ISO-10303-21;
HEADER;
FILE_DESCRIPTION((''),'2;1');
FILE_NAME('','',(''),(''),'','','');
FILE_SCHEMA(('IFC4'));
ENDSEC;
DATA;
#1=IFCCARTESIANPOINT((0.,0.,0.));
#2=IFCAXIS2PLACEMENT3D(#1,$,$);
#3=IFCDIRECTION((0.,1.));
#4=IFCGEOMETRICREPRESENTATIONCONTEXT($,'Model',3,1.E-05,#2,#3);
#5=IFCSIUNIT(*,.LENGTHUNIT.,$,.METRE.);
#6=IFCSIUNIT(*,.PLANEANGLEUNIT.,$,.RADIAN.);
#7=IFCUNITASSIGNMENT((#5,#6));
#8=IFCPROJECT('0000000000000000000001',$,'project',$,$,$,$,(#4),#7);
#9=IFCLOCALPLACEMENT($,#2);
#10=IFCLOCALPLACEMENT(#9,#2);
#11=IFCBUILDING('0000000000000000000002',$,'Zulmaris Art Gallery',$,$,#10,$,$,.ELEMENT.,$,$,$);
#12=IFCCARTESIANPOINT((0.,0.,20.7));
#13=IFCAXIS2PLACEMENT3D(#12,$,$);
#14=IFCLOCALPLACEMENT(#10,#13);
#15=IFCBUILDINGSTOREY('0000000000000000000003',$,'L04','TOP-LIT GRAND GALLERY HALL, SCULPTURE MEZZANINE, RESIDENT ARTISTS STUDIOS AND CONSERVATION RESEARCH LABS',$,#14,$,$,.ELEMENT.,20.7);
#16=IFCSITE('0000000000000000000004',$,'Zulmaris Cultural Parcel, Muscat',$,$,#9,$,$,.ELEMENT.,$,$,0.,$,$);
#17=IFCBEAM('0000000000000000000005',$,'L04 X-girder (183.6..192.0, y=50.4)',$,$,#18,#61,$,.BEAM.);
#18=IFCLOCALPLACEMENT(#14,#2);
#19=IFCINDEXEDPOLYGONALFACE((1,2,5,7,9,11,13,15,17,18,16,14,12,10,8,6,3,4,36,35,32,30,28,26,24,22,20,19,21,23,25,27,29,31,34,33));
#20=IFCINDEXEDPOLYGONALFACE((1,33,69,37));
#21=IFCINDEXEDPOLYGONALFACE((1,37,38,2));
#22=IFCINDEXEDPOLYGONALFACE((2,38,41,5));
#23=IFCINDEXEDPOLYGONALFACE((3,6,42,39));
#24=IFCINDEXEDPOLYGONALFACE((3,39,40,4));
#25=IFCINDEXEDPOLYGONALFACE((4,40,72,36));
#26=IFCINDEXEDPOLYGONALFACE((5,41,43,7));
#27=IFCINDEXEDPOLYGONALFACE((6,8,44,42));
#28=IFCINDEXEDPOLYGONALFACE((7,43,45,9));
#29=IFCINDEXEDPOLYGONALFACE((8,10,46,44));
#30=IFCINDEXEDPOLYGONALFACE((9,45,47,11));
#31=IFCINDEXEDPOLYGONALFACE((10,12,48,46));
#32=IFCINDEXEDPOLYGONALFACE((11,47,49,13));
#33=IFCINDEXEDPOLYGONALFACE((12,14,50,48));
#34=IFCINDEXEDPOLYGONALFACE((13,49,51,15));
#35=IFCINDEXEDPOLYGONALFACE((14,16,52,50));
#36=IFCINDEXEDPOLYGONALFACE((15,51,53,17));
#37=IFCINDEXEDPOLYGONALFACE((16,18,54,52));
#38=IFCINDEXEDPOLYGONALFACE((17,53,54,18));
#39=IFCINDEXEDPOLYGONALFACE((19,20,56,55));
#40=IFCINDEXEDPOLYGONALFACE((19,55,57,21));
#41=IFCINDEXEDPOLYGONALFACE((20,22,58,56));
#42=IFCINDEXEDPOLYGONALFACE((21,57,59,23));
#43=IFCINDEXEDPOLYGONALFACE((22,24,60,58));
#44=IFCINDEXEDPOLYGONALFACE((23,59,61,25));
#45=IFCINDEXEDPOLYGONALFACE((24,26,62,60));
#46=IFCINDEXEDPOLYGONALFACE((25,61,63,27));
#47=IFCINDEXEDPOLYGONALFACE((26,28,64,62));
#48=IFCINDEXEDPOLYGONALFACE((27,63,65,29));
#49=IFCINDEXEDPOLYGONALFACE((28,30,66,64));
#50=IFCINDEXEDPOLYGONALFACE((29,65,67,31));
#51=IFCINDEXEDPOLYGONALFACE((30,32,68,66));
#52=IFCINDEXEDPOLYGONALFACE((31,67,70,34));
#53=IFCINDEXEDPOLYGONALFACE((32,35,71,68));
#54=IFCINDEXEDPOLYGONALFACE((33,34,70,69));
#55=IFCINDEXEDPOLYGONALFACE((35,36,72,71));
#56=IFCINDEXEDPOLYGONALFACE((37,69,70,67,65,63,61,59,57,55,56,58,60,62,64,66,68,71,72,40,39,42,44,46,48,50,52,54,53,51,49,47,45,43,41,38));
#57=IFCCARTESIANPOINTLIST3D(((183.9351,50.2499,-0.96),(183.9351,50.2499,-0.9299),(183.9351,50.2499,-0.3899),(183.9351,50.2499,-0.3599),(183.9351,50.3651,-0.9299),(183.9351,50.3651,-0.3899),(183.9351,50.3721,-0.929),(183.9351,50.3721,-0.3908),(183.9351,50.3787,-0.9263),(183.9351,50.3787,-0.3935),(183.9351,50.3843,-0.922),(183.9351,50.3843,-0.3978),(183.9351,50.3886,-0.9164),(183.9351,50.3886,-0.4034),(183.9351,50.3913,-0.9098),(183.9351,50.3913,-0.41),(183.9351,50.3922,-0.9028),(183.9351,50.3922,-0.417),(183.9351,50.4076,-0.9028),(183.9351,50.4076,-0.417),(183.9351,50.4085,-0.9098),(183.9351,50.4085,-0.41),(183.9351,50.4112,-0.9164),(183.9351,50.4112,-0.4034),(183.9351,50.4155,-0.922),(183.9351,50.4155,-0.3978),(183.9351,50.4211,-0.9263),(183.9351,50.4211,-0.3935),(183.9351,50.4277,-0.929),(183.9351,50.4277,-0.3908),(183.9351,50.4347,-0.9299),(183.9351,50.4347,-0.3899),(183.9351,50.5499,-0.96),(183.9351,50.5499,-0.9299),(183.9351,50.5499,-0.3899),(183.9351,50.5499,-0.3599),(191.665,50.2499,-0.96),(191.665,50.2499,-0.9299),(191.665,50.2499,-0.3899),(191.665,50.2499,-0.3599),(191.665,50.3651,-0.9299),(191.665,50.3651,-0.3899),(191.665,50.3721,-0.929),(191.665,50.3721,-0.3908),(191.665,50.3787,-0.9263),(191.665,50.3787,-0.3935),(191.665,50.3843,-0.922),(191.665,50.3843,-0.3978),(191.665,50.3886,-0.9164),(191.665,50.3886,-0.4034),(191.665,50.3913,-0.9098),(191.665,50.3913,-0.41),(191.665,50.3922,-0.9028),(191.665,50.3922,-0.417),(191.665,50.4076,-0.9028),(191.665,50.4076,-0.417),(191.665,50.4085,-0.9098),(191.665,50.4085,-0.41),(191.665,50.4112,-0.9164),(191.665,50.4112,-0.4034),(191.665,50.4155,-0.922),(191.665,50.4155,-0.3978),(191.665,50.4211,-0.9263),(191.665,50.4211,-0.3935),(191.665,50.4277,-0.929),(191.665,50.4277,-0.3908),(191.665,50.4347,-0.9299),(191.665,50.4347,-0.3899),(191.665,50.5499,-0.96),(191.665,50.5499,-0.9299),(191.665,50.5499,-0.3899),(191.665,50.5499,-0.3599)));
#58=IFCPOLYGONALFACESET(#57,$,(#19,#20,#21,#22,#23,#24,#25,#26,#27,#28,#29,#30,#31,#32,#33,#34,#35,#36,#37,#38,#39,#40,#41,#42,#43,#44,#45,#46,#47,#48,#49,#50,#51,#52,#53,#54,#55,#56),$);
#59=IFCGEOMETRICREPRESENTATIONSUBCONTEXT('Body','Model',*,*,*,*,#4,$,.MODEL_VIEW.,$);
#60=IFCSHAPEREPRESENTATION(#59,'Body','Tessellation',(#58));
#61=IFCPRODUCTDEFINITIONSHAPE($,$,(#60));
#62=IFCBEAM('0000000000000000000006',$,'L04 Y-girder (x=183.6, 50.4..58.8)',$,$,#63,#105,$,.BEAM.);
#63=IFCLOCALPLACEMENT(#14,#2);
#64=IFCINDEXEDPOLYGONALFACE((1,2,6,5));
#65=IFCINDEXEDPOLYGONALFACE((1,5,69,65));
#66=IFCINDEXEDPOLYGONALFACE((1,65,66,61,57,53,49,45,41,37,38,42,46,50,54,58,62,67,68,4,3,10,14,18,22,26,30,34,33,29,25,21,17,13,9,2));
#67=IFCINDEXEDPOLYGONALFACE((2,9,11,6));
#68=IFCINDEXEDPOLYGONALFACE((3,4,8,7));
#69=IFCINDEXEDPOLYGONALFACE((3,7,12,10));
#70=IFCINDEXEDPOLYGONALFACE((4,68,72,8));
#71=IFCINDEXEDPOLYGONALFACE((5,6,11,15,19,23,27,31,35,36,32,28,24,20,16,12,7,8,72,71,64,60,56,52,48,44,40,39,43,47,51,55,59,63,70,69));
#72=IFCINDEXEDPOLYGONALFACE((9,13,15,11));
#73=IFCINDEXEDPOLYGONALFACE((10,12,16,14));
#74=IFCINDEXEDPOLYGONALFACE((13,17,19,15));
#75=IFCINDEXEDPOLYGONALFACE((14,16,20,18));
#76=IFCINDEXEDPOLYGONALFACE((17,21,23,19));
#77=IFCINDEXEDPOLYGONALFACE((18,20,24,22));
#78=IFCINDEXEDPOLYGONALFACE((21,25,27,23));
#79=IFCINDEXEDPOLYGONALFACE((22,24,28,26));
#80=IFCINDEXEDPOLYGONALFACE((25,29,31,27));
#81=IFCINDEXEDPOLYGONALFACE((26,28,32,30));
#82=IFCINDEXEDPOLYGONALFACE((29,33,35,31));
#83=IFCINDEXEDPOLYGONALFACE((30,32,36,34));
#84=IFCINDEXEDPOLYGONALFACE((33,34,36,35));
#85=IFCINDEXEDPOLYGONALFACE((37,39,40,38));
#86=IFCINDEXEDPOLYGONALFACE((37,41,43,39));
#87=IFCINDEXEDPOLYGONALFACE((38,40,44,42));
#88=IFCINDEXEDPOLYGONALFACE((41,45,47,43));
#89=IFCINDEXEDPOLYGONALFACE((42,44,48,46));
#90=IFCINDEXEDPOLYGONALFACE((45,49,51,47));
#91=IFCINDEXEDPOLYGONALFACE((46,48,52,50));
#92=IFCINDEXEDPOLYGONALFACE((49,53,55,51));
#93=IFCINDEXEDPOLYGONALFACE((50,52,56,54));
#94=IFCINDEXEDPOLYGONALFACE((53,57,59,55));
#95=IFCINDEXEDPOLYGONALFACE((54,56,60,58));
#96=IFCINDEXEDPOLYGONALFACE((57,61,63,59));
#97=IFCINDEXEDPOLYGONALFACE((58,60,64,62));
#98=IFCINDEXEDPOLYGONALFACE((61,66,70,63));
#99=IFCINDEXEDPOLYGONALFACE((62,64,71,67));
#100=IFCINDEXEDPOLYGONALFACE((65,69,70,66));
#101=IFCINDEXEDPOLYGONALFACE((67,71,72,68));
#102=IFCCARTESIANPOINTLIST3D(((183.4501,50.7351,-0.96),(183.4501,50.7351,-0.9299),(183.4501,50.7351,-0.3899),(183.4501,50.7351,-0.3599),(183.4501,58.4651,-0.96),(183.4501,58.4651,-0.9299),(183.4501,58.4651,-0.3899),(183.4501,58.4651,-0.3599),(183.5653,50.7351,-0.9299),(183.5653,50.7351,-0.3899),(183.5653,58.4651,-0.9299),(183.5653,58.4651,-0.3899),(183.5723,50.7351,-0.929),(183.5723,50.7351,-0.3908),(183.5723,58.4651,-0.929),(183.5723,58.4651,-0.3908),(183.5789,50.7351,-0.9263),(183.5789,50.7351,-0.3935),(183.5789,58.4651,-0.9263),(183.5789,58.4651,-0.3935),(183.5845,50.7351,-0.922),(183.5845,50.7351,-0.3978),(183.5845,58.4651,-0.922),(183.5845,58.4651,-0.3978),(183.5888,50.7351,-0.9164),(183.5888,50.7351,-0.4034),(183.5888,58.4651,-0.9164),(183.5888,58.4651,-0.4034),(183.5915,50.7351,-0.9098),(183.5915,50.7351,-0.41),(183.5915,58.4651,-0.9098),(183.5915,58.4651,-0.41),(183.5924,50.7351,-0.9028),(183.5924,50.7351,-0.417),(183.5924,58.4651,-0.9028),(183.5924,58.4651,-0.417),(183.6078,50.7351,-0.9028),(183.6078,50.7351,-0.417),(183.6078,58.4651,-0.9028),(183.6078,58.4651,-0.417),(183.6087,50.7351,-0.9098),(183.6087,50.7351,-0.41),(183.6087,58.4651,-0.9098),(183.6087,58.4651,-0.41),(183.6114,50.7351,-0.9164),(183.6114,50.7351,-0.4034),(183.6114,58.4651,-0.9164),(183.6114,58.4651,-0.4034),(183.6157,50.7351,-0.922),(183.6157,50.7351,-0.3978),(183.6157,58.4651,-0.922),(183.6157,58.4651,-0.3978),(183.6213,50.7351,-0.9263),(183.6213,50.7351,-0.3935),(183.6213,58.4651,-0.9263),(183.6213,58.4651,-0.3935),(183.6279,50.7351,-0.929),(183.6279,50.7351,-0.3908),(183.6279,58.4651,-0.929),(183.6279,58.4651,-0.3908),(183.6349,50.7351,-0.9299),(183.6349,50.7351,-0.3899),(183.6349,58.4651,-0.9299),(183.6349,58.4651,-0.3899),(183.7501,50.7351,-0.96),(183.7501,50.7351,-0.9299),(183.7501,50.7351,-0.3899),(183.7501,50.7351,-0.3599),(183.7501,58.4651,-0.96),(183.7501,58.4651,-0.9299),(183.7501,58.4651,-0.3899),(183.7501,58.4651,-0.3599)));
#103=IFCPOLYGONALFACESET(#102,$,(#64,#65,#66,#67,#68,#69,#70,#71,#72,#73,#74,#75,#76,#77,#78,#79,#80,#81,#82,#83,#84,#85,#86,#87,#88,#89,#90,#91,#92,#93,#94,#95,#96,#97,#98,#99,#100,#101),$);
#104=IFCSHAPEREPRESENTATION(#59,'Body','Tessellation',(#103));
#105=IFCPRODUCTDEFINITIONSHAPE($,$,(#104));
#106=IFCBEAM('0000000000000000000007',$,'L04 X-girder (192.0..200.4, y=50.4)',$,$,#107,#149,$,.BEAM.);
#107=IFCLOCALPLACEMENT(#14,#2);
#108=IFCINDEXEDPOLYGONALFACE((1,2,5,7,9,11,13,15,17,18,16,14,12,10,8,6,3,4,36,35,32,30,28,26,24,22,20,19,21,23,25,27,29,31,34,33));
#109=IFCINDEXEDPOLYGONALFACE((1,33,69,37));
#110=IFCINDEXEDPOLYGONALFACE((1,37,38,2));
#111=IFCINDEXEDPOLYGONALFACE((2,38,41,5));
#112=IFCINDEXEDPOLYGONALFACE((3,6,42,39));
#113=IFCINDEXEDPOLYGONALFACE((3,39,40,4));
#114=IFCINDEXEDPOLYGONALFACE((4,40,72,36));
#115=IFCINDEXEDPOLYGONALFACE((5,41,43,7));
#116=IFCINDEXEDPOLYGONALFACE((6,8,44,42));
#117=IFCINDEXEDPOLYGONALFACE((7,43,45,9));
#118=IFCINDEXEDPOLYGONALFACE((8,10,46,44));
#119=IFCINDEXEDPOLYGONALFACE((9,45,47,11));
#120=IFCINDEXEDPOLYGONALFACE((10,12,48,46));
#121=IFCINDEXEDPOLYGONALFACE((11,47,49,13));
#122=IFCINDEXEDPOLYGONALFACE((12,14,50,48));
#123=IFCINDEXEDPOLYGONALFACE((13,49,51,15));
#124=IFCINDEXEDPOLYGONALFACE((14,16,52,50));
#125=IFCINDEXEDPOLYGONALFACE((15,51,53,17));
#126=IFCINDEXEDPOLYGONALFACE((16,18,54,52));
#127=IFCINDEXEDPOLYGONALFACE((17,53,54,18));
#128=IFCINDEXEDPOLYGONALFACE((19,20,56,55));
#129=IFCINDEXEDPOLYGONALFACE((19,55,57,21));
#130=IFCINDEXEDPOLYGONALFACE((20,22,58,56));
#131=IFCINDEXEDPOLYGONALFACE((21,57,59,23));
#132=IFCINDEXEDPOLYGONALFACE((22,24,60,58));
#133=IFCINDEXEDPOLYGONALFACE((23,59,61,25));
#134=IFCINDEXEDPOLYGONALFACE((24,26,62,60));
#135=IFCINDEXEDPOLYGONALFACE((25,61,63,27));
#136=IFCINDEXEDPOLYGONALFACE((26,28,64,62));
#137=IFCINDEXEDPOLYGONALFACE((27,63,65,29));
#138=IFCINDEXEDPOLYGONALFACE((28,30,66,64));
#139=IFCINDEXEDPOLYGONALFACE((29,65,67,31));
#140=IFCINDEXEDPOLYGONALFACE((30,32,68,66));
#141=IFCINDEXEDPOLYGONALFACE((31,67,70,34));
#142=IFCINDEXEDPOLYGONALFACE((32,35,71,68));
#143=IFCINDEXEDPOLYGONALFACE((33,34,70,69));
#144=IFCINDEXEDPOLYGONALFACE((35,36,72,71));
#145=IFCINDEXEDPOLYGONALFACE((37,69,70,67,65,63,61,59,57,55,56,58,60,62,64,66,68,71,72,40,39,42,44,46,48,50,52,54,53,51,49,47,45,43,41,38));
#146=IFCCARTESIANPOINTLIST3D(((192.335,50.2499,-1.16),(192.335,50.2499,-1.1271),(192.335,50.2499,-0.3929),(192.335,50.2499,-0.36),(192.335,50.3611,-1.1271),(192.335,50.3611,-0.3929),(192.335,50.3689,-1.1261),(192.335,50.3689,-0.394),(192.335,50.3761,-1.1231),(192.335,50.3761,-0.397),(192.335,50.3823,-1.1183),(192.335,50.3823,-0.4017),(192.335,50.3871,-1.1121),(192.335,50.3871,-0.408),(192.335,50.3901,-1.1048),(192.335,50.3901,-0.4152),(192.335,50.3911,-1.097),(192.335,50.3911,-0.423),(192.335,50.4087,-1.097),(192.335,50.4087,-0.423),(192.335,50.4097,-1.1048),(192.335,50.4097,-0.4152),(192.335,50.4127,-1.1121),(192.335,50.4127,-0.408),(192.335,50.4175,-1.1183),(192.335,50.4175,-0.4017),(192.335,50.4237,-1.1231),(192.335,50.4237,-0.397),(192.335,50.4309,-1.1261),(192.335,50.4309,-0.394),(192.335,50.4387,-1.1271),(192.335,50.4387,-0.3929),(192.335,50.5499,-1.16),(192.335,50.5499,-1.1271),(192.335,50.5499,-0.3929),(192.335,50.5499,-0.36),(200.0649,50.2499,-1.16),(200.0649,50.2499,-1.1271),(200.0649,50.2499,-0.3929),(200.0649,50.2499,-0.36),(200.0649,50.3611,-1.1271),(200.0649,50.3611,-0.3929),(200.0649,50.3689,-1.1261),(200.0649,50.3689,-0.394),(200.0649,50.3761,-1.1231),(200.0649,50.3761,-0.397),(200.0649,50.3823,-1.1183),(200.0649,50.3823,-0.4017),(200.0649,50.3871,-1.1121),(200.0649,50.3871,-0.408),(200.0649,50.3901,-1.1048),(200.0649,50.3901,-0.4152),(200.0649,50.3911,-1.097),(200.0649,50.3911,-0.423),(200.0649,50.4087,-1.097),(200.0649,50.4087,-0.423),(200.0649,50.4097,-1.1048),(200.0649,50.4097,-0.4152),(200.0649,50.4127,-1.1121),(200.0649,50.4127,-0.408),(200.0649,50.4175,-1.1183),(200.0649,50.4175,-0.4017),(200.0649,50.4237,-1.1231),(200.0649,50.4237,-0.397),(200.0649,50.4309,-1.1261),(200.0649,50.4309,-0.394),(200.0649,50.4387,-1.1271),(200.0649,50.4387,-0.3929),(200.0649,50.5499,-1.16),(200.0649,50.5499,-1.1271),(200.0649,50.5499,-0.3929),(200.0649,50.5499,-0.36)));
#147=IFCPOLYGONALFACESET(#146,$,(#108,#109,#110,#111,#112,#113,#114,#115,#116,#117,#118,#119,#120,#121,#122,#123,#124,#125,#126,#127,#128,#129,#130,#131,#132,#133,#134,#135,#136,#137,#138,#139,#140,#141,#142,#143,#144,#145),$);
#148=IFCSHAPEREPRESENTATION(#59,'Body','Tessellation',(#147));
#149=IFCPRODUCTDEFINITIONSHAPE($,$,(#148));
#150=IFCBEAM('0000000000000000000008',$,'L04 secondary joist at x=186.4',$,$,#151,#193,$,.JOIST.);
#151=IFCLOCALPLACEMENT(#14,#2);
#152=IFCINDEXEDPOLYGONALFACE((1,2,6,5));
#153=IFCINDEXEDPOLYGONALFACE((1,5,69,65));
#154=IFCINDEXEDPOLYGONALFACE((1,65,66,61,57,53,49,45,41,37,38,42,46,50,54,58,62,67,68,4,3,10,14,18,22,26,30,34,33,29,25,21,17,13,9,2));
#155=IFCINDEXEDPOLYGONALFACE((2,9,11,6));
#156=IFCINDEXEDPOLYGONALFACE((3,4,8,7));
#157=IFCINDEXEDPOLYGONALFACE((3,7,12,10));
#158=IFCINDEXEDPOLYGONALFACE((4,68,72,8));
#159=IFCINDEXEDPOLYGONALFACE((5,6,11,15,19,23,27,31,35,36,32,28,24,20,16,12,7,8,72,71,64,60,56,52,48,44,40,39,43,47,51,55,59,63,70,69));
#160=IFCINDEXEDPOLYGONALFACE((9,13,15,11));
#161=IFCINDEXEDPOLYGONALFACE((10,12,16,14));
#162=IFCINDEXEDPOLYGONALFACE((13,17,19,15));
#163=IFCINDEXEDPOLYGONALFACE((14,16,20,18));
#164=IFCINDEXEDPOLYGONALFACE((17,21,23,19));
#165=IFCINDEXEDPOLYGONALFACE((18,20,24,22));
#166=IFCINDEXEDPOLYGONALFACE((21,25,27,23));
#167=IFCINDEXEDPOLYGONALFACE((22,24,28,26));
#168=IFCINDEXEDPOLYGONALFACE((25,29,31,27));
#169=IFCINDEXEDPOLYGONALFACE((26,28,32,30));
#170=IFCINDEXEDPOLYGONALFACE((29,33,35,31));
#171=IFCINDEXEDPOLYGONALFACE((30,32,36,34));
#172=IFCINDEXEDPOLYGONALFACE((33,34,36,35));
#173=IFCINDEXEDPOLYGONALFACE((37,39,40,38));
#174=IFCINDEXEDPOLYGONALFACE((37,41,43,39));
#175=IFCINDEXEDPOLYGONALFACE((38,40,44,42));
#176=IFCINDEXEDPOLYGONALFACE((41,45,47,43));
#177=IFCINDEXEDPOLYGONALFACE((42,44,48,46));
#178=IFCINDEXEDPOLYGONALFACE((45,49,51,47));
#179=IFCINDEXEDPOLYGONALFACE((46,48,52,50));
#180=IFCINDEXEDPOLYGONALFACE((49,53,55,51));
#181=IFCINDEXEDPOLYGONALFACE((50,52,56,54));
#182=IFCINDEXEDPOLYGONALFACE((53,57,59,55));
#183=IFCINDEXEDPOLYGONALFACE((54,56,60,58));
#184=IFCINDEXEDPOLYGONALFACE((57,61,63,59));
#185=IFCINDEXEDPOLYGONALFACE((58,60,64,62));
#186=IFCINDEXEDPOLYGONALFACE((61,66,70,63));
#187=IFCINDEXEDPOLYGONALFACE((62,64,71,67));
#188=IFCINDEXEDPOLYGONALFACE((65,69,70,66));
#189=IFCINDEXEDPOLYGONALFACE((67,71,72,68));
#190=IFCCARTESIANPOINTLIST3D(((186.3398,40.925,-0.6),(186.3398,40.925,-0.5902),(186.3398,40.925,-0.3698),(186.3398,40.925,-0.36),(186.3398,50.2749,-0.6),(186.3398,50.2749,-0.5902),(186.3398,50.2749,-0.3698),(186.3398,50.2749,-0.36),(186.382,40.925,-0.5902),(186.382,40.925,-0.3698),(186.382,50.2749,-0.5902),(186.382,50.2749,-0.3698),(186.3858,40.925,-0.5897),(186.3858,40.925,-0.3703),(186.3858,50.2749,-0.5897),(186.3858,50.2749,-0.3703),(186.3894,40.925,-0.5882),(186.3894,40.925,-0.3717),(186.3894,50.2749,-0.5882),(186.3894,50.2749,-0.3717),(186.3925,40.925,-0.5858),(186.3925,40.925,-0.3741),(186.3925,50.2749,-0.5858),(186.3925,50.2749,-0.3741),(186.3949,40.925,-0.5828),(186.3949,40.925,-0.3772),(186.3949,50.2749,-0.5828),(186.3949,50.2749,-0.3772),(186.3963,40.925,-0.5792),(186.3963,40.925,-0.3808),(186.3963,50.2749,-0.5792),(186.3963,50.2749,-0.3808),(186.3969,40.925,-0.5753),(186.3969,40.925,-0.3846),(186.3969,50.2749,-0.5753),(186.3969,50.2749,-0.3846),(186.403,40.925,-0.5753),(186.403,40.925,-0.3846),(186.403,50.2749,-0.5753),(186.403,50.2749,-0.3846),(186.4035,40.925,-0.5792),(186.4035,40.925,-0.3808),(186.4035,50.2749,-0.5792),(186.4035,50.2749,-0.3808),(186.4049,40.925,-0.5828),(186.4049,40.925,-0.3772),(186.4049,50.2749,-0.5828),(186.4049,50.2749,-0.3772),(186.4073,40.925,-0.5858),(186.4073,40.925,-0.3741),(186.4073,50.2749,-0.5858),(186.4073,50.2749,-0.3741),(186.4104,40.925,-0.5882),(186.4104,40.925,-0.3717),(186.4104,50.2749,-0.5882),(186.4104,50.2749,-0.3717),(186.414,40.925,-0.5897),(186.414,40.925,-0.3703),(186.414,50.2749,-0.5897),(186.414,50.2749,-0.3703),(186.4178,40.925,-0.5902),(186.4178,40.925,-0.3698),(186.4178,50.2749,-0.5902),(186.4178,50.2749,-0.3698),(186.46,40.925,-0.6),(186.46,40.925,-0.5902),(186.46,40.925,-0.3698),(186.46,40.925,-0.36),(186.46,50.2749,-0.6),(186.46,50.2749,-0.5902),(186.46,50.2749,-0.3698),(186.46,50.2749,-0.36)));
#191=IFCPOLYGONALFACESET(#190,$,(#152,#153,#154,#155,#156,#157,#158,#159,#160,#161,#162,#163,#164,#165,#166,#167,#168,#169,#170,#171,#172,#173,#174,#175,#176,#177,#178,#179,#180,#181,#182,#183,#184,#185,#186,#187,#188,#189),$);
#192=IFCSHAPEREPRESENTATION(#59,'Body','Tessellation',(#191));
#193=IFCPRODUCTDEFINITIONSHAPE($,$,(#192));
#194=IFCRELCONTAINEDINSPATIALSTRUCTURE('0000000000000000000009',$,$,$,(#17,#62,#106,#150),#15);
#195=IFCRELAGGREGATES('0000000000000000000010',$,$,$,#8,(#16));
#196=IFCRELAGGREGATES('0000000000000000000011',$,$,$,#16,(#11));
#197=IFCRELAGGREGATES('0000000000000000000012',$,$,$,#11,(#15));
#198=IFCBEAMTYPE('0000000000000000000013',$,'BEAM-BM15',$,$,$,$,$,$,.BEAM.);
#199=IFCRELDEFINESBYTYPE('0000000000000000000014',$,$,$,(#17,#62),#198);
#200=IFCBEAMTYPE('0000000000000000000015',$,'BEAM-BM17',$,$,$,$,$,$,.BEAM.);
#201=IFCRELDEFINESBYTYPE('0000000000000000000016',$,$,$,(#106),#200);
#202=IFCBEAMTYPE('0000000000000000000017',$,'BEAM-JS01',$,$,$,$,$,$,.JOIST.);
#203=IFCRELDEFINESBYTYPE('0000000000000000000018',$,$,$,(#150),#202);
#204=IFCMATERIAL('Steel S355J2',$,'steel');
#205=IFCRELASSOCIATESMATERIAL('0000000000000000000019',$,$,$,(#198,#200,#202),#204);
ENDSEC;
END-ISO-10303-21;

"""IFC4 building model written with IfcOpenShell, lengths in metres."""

from ifc_helpers import new_model, si_unit, direction, frame, origin, origin_2d, place, context, subcontext, project, spatial, i_section, extrude, material, material_profile, profile_set, type_object, element, save


model = new_model("IFC4")

# Units and contexts
model_context = context("Model", 3, precision=1e-05, world=origin(), true_north=direction((0.0, 1.0)))
body_context = subcontext(model_context, "Body", "Model", "MODEL_VIEW")
ifc_project = project(units=[si_unit("LENGTHUNIT", "METRE"), si_unit("PLANEANGLEUNIT", "RADIAN")], contexts=[model_context])

# Site, building, storey
site_placement = place(None, origin())
site = spatial("IfcSite", under=ifc_project, at=site_placement, Name="Zulmaris Cultural Parcel, Muscat", CompositionType="ELEMENT", RefElevation=0.0)
building_placement = place(site_placement, origin())
building = spatial("IfcBuilding", under=site, at=building_placement, Name="Zulmaris Art Gallery", CompositionType="ELEMENT")
storey_placement = place(building_placement, frame((0.0, 0.0, 20.7)))
storey = spatial("IfcBuildingStorey", under=building, at=storey_placement, Name="L04", Description="TOP-LIT GRAND GALLERY HALL, SCULPTURE MEZZANINE, RESIDENT ARTISTS STUDIOS AND CONSERVATION RESEARCH LABS", CompositionType="ELEMENT", Elevation=20.7)

# Beams
ifc_material_1 = material(Name="Steel S355J2", Category="steel")
ifc_material_profile_1 = material_profile(ifc_material_1, i_section(OverallWidth=0.3, OverallDepth=0.6001, WebThickness=0.0154, FlangeThickness=0.03, FilletRadius=0.0271, at=origin_2d()), Name="HEB 600")
ifc_profile_set_1 = profile_set([ifc_material_profile_1], Name="Steel S355J2")
beam_type_1 = type_object("IfcBeamType", Name="BEAM-BM15", PredefinedType="BEAM", material=ifc_profile_set_1)
for number, where, z_axis, x_axis, name in (
    (1, (183.9351, 50.3999, -0.6599), (1.0, 0.0, 0.0), (0.0, 1.0, 0.0), "L04 X-girder (183.6..192.0, y=50.4)"),
    (2, (183.6001, 50.7351, -0.6599), (0.0, 1.0, 0.0), (-1.0, 0.0, 0.0), "L04 Y-girder (x=183.6, 50.4..58.8)"),
):
    element("IfcBeam", number, at=place(storey_placement, frame(where, z_axis=z_axis, x_axis=x_axis)), inside=storey, type_object=beam_type_1, Name=name, PredefinedType="BEAM", context=body_context, shape_type="SweptSolid", body=[
        extrude(i_section(OverallWidth=0.3, OverallDepth=0.6001, WebThickness=0.0154, FlangeThickness=0.03, FilletRadius=0.0271, at=origin_2d()), origin(), (0.0, 0.0, 1.0), 7.73),
    ])
ifc_material_profile_2 = material_profile(ifc_material_1, i_section(OverallWidth=0.3, OverallDepth=0.8, WebThickness=0.0176, FlangeThickness=0.033, FilletRadius=0.03, at=origin_2d()), Name="HEB 800")
ifc_profile_set_2 = profile_set([ifc_material_profile_2], Name="Steel S355J2")
beam_type_2 = type_object("IfcBeamType", Name="BEAM-BM17", PredefinedType="BEAM", material=ifc_profile_set_2)
beam_1_placement = place(storey_placement, frame((192.335, 50.3999, -0.76), z_axis=(1.0, 0.0, 0.0), x_axis=(0.0, 1.0, 0.0)))
element("IfcBeam", 3, at=beam_1_placement, inside=storey, type_object=beam_type_2, Name="L04 X-girder (192.0..200.4, y=50.4)", PredefinedType="BEAM", context=body_context, shape_type="SweptSolid", body=[
    extrude(i_section(OverallWidth=0.3, OverallDepth=0.8, WebThickness=0.0176, FlangeThickness=0.033, FilletRadius=0.03, at=origin_2d()), origin(), (0.0, 0.0, 1.0), 7.73),
])
ifc_material_profile_3 = material_profile(ifc_material_1, i_section(OverallWidth=0.1201, OverallDepth=0.24, WebThickness=0.0061, FlangeThickness=0.0098, FilletRadius=0.0149, at=origin_2d()), Name="IPE 240")
ifc_profile_set_3 = profile_set([ifc_material_profile_3], Name="Steel S355J2")
beam_type_3 = type_object("IfcBeamType", Name="BEAM-JS01", PredefinedType="JOIST", material=ifc_profile_set_3)
beam_2_placement = place(storey_placement, frame((186.3999, 40.925, -0.48), z_axis=(0.0, 1.0, 0.0), x_axis=(-1.0, 0.0, 0.0)))
element("IfcBeam", 4, at=beam_2_placement, inside=storey, type_object=beam_type_3, Name="L04 secondary joist at x=186.4", PredefinedType="JOIST", context=body_context, shape_type="SweptSolid", body=[
    extrude(i_section(OverallWidth=0.1201, OverallDepth=0.24, WebThickness=0.0061, FlangeThickness=0.0098, FilletRadius=0.0149, at=origin_2d()), origin(), (0.0, 0.0, 1.0), 9.3499),
])

save(model, "model.ifc")
